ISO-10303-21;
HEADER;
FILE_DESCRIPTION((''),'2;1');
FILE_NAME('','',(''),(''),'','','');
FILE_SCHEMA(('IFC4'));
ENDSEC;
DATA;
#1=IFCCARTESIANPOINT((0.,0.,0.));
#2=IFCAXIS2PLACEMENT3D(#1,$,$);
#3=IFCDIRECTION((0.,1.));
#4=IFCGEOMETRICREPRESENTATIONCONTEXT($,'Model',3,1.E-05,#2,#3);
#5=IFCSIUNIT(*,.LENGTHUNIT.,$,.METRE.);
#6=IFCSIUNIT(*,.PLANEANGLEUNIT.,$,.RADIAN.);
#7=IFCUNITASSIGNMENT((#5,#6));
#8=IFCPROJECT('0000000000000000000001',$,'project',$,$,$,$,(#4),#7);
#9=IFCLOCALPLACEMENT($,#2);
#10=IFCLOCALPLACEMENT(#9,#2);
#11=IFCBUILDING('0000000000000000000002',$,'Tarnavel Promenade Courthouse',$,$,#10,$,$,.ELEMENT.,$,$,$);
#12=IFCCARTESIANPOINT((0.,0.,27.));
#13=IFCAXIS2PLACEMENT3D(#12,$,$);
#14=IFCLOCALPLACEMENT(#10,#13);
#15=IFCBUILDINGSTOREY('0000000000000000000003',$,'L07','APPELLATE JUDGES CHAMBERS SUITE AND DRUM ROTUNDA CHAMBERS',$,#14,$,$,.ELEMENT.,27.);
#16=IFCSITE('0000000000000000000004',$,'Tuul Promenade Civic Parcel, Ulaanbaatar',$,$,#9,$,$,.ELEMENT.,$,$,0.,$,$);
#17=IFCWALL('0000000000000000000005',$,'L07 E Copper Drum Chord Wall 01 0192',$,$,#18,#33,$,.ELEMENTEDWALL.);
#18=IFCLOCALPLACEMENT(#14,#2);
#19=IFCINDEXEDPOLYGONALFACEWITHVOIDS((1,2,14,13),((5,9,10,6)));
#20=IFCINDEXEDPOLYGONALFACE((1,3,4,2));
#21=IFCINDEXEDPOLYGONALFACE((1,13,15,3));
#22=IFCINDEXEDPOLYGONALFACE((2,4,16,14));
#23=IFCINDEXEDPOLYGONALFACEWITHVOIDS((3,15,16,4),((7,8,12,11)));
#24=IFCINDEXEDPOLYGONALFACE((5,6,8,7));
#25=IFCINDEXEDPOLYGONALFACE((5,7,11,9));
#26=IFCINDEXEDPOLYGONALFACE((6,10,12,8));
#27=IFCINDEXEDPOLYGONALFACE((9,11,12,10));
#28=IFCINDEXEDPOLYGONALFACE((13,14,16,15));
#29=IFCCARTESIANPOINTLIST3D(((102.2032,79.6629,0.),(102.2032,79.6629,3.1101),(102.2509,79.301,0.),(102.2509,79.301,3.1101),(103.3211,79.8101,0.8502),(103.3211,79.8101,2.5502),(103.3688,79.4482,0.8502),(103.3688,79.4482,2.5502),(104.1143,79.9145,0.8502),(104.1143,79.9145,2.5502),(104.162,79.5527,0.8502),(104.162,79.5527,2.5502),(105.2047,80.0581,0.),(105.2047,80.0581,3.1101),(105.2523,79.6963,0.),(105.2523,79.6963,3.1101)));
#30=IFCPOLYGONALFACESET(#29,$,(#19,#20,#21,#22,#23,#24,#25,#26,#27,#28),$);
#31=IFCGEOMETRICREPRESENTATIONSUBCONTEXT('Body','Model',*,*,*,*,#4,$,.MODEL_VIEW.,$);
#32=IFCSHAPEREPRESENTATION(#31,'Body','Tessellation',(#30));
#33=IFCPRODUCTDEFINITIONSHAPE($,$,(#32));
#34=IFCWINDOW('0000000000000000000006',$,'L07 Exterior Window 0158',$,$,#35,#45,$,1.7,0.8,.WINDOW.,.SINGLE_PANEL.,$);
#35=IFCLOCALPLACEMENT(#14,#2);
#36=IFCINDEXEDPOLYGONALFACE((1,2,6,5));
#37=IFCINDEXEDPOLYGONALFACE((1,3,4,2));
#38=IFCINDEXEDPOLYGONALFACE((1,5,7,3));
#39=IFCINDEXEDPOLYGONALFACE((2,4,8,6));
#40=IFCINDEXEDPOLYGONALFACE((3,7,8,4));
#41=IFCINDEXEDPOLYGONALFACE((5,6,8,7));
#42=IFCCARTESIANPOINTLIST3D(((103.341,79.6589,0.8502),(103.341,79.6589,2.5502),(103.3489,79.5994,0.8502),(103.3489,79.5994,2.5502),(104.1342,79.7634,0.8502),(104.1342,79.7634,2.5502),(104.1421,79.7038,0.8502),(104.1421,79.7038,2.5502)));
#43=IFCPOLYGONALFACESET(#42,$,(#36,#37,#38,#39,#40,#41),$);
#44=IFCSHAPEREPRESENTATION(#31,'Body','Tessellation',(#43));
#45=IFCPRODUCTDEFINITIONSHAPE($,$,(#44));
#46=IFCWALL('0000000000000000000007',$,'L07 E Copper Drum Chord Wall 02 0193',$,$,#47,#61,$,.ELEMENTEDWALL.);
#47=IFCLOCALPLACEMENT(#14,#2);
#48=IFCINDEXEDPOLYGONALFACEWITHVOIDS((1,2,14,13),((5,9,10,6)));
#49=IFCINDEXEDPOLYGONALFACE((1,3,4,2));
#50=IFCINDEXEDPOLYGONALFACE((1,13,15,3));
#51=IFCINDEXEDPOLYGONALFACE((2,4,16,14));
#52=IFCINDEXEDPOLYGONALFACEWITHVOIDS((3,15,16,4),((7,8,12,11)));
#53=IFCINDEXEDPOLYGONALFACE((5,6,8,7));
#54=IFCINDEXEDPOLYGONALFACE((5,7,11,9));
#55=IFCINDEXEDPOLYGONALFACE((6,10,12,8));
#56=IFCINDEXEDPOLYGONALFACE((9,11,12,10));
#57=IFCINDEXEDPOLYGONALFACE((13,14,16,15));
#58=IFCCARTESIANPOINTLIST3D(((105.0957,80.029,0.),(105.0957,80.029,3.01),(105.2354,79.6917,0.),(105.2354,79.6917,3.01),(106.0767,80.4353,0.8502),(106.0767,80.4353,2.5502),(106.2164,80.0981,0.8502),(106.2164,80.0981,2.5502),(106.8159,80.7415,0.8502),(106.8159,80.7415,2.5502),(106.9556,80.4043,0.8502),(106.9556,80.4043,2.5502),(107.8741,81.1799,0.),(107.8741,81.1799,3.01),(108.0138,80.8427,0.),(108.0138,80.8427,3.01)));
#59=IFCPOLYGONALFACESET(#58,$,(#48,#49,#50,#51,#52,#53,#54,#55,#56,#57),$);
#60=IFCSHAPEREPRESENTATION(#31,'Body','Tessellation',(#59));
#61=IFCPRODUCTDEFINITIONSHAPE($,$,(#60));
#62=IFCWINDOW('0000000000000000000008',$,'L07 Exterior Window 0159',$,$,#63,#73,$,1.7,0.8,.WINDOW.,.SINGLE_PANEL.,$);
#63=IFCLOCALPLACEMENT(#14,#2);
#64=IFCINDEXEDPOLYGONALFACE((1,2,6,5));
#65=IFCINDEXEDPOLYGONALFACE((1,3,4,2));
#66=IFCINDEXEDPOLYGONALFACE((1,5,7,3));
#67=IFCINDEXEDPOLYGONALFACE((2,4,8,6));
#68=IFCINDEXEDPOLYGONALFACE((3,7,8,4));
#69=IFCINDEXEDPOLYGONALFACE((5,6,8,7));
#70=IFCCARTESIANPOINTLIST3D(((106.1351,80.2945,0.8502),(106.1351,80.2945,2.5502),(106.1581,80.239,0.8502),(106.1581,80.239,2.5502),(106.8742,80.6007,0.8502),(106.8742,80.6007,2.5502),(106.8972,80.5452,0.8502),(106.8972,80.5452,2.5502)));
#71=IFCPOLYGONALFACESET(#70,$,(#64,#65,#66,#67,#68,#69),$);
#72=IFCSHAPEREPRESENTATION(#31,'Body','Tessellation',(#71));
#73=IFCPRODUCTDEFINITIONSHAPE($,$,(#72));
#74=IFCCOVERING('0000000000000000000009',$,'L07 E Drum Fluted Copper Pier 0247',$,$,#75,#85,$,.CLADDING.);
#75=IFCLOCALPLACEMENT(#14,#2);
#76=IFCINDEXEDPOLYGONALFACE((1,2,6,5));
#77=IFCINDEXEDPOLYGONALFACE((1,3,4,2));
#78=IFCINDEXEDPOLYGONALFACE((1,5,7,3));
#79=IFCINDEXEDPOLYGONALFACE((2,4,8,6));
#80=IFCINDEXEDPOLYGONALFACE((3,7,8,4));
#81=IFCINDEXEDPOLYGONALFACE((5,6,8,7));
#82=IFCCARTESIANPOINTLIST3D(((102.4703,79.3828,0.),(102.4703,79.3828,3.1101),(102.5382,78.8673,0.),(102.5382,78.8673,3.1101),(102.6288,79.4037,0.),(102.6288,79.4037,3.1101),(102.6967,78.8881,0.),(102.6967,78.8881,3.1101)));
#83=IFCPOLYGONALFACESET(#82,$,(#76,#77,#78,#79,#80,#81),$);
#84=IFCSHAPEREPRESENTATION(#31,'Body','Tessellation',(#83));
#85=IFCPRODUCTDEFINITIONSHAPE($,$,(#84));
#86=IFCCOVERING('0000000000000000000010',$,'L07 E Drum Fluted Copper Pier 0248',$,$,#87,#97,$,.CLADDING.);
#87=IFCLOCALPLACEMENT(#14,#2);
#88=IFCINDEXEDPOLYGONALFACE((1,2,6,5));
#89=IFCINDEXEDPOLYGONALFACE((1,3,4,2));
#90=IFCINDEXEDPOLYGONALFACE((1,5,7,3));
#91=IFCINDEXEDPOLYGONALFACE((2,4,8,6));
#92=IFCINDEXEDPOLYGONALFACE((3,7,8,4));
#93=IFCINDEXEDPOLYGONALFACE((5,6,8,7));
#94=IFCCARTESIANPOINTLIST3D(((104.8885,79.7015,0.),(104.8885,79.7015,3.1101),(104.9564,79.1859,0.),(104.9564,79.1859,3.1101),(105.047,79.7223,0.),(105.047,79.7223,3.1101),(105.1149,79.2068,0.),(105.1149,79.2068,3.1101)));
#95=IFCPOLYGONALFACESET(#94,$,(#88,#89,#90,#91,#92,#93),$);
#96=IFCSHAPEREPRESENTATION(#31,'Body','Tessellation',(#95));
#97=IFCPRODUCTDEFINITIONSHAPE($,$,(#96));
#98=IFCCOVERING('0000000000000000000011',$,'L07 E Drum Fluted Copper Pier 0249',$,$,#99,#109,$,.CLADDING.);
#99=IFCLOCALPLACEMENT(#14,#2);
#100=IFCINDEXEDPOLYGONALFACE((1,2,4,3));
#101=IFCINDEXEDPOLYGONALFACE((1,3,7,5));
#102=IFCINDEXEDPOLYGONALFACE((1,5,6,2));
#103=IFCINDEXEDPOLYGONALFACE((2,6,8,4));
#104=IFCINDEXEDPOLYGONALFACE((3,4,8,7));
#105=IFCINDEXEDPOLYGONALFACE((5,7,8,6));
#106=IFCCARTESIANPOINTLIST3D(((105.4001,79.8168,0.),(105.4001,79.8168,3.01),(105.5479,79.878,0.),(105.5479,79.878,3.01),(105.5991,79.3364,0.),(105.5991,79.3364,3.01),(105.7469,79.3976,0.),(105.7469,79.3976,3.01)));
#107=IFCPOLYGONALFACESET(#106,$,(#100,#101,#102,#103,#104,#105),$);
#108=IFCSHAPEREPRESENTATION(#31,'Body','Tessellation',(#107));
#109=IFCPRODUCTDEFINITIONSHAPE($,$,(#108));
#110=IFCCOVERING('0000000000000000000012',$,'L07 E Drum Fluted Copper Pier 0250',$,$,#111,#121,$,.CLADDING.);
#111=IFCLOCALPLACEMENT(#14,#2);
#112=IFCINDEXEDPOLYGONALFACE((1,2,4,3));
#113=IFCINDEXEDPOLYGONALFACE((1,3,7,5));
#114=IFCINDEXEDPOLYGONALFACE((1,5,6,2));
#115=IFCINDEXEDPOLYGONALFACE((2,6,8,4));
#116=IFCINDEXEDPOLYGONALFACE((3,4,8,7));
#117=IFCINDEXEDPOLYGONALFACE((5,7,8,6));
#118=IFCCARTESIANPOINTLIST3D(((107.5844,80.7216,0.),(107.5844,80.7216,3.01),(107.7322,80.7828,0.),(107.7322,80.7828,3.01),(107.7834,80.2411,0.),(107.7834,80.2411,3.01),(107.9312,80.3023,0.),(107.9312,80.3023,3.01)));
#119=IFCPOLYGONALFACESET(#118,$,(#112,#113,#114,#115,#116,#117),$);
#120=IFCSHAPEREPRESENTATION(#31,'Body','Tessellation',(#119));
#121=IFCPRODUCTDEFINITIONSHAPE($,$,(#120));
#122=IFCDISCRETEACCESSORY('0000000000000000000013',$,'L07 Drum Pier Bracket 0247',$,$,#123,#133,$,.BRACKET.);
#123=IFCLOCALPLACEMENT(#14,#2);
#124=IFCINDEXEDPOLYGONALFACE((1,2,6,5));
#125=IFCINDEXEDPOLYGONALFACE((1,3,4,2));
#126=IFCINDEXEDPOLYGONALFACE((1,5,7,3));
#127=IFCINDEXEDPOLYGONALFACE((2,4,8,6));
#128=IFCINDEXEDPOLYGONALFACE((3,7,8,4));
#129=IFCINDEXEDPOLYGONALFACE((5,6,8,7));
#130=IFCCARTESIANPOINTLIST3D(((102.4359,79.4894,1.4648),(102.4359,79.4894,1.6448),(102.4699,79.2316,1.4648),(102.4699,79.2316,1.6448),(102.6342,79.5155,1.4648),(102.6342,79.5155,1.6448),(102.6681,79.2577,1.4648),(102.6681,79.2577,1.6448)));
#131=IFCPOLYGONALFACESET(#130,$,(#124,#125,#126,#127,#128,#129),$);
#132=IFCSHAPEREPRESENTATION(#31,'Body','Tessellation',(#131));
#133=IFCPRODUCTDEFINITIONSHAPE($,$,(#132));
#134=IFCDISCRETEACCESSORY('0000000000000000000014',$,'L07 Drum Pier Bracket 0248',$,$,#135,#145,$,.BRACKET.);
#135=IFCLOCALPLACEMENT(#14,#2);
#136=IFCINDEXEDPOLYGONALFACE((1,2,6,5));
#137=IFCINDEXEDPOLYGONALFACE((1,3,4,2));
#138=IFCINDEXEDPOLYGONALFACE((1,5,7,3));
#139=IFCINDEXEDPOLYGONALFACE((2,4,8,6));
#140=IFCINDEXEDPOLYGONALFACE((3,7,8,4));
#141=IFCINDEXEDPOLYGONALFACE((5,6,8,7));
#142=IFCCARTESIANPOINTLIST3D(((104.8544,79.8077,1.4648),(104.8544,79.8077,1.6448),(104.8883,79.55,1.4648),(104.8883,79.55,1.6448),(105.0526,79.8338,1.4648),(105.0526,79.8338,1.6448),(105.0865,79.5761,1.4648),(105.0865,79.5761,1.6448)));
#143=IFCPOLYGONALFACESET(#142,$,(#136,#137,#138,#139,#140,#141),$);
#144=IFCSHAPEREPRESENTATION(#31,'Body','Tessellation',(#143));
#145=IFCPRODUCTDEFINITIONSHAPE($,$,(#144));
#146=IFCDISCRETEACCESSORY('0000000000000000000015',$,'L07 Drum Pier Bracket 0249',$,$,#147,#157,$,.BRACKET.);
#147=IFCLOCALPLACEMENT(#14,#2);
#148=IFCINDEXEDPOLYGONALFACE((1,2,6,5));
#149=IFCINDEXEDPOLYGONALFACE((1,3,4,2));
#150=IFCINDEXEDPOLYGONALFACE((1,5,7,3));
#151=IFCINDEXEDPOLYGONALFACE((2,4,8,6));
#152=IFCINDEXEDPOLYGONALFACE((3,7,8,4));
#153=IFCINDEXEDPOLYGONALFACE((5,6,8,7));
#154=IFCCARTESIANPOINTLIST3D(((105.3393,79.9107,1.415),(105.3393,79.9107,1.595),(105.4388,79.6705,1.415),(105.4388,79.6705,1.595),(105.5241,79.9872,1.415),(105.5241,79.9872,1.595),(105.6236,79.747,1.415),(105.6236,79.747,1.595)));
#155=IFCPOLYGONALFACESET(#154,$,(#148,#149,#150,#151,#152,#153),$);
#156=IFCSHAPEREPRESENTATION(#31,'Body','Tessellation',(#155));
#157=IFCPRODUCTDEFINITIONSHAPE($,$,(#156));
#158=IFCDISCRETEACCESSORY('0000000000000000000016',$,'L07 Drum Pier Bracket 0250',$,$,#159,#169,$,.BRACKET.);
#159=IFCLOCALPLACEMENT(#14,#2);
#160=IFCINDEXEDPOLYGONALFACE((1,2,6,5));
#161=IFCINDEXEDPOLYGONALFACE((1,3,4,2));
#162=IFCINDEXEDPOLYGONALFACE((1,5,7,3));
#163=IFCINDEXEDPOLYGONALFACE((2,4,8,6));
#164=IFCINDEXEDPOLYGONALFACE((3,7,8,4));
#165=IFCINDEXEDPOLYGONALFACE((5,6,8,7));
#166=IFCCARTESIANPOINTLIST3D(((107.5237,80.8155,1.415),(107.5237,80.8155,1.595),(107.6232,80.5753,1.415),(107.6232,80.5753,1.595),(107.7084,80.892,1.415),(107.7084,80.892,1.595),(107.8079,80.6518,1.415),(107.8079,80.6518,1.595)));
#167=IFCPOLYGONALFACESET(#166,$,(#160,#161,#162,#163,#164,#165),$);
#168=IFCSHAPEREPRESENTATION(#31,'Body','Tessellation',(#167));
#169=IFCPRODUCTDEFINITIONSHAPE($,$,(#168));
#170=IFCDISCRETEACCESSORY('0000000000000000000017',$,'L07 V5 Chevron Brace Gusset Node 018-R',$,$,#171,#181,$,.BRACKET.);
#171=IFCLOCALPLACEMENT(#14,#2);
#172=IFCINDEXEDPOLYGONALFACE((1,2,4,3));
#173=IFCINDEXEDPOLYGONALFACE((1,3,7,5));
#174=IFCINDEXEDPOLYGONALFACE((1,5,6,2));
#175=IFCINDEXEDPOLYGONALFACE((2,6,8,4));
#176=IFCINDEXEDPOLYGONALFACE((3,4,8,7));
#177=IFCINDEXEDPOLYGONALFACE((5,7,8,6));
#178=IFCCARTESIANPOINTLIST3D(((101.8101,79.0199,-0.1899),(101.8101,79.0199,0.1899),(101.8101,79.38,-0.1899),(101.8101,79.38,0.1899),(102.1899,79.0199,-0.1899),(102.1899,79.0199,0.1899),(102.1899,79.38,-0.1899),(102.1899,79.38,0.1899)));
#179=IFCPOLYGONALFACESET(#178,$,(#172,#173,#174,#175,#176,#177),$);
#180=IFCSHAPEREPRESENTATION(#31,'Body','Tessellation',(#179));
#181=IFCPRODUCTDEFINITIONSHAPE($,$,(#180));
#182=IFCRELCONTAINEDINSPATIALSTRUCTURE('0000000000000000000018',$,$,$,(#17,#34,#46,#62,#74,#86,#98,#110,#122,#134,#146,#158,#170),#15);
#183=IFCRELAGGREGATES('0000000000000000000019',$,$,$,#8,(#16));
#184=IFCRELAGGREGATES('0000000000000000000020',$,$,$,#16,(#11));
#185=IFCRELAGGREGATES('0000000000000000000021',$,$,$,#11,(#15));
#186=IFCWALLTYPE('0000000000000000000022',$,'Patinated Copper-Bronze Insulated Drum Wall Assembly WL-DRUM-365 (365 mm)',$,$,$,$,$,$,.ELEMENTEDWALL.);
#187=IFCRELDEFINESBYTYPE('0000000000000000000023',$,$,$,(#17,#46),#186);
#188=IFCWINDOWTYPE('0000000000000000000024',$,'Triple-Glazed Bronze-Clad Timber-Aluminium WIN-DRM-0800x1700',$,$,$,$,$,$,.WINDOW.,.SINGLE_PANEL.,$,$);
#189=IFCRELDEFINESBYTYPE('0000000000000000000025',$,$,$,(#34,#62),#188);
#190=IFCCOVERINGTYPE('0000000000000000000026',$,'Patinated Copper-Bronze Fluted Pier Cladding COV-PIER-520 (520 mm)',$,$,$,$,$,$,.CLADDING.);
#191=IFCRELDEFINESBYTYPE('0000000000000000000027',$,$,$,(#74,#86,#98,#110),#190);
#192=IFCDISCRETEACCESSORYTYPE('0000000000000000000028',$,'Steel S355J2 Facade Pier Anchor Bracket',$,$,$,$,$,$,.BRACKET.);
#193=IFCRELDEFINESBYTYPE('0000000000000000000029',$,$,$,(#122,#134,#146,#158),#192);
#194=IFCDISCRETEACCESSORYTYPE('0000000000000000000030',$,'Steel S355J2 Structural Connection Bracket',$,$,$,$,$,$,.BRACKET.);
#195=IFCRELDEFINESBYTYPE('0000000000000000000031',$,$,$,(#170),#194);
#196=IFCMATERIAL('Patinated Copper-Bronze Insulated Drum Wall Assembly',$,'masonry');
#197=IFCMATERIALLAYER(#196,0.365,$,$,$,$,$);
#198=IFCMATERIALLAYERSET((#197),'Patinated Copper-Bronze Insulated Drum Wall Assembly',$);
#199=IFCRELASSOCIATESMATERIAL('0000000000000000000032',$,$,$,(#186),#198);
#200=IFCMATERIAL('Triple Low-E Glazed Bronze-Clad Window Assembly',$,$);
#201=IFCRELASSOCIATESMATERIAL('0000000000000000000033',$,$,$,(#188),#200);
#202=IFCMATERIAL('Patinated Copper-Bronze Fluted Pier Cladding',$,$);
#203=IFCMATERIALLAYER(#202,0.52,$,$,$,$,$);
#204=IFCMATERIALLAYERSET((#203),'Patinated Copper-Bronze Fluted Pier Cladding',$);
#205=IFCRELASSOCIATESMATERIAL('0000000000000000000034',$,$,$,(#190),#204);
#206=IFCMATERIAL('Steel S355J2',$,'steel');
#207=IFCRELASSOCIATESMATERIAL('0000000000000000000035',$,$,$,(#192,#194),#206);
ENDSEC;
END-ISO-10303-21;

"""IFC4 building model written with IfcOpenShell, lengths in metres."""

from ifc_helpers import new_model, si_unit, direction, frame, frame_2d, origin, origin_2d, place, context, subcontext, project, spatial, rectangle, extrude, material, layer, layer_set, type_object, element, fill, save


model = new_model("IFC4")

# Units and contexts
model_context = context("Model", 3, precision=1e-05, world=origin(), true_north=direction((0.0, 1.0)))
body_context = subcontext(model_context, "Body", "Model", "MODEL_VIEW")
ifc_project = project(units=[si_unit("LENGTHUNIT", "METRE"), si_unit("PLANEANGLEUNIT", "RADIAN")], contexts=[model_context])

# Site, building, storey
site_placement = place(None, origin())
site = spatial("IfcSite", under=ifc_project, at=site_placement, Name="Tuul Promenade Civic Parcel, Ulaanbaatar", CompositionType="ELEMENT", RefElevation=0.0)
building_placement = place(site_placement, origin())
building = spatial("IfcBuilding", under=site, at=building_placement, Name="Tarnavel Promenade Courthouse", CompositionType="ELEMENT")
storey_placement = place(building_placement, frame((0.0, 0.0, 27.0)))
storey = spatial("IfcBuildingStorey", under=building, at=storey_placement, Name="L07", Description="APPELLATE JUDGES CHAMBERS SUITE AND DRUM ROTUNDA CHAMBERS", CompositionType="ELEMENT", Elevation=27.0)

# Shared definitions
ifc_material_1 = material(Name="Steel S355J2", Category="steel")

# Walls, openings, windows
ifc_material_2 = material(Name="Patinated Copper-Bronze Insulated Drum Wall Assembly", Category="masonry")
ifc_layer_1 = layer(ifc_material_2, 0.365)
ifc_layer_set_1 = layer_set([ifc_layer_1], Name="Patinated Copper-Bronze Insulated Drum Wall Assembly")
wall_type_1 = type_object("IfcWallType", Name="Patinated Copper-Bronze Insulated Drum Wall Assembly WL-DRUM-365 (365 mm)", PredefinedType="ELEMENTEDWALL", material=ifc_layer_set_1)
wall_1_placement = place(storey_placement, frame((102.2271, 79.4819, 0.0), z_axis=(0.0, 0.0, 1.0), x_axis=(0.99144, 0.130563, 0.0)))
wall_1 = element("IfcWall", 1, at=wall_1_placement, inside=storey, type_object=wall_type_1, Name="L07 E Copper Drum Chord Wall 01 0192", PredefinedType="ELEMENTEDWALL", context=body_context, shape_type="SweptSolid", body=[
    extrude(rectangle(XDim=3.0273, YDim=0.365, at=frame_2d((1.5137, 0.0))), origin(), (0.0, 0.0, 1.0), 3.1101),
])
opening_1_placement = place(wall_1_placement, frame((1.1277, 0.0, 0.8501)))
opening_1 = element("IfcOpeningElement", 2, at=opening_1_placement, cuts=wall_1, PredefinedType="OPENING", context=body_context, shape_type="SweptSolid", body=[
    extrude(rectangle(XDim=0.8, YDim=1.7, at=frame_2d((0.3999, 0.8501))), frame((0.0, 0.1924, 0.0), z_axis=(0.0, -1.0, 0.0), x_axis=(1.0, 0.0, 0.0)), (0.0, 0.0, 1.0), 0.385),
])
ifc_material_3 = material(Name="Triple Low-E Glazed Bronze-Clad Window Assembly")
window_type = type_object("IfcWindowType", Name="Triple-Glazed Bronze-Clad Timber-Aluminium WIN-DRM-0800x1700", PartitioningType="SINGLE_PANEL", PredefinedType="WINDOW", material=ifc_material_3)
window_1_placement = place(opening_1_placement, origin())
window_1 = element("IfcWindow", 3, at=window_1_placement, inside=storey, type_object=window_type, Name="L07 Exterior Window 0158", OverallHeight=1.7, OverallWidth=0.8, PartitioningType="SINGLE_PANEL", PredefinedType="WINDOW", context=body_context, shape_type="SweptSolid", body=[
    extrude(rectangle(XDim=0.8, YDim=1.7, at=frame_2d((0.3999, 0.8501))), frame((0.0, 0.03, 0.0), z_axis=(0.0, -1.0, 0.0), x_axis=(1.0, 0.0, 0.0)), (0.0, 0.0, 1.0), 0.0601),
])
fill(opening_1, window_1)
wall_2_placement = place(storey_placement, frame((105.1655, 79.8604, 0.0), z_axis=(0.0, 0.0, 1.0), x_axis=(0.923872, 0.382701, 0.0)))
wall_2 = element("IfcWall", 4, at=wall_2_placement, inside=storey, type_object=wall_type_1, Name="L07 E Copper Drum Chord Wall 02 0193", PredefinedType="ELEMENTEDWALL", context=body_context, shape_type="SweptSolid", body=[
    extrude(rectangle(XDim=3.0073, YDim=0.365, at=frame_2d((1.5037, 0.0))), origin(), (0.0, 0.0, 1.0), 3.01),
])
opening_2_placement = place(wall_2_placement, frame((1.062, 0.0, 0.8501)))
opening_2 = element("IfcOpeningElement", 5, at=opening_2_placement, cuts=wall_2, PredefinedType="OPENING", context=body_context, shape_type="SweptSolid", body=[
    extrude(rectangle(XDim=0.8, YDim=1.7, at=frame_2d((0.3999, 0.8501))), frame((0.0, 0.1924, 0.0), z_axis=(0.0, -1.0, 0.0), x_axis=(1.0, 0.0, 0.0)), (0.0, 0.0, 1.0), 0.385),
])
window_2_placement = place(opening_2_placement, origin())
window_2 = element("IfcWindow", 6, at=window_2_placement, inside=storey, type_object=window_type, Name="L07 Exterior Window 0159", OverallHeight=1.7, OverallWidth=0.8, PartitioningType="SINGLE_PANEL", PredefinedType="WINDOW", context=body_context, shape_type="SweptSolid", body=[
    extrude(rectangle(XDim=0.8, YDim=1.7, at=frame_2d((0.3999, 0.8501))), frame((0.0, 0.03, 0.0), z_axis=(0.0, -1.0, 0.0), x_axis=(1.0, 0.0, 0.0)), (0.0, 0.0, 1.0), 0.0601),
])
fill(opening_2, window_2)

# Coverings
ifc_material_4 = material(Name="Patinated Copper-Bronze Fluted Pier Cladding")
ifc_layer_2 = layer(ifc_material_4, 0.52)
ifc_layer_set_2 = layer_set([ifc_layer_2], Name="Patinated Copper-Bronze Fluted Pier Cladding")
covering_type = type_object("IfcCoveringType", Name="Patinated Copper-Bronze Fluted Pier Cladding COV-PIER-520 (520 mm)", PredefinedType="CLADDING", material=ifc_layer_set_2)
for number, where, z_axis, x_axis, name in (
    (7, (102.5835, 79.1355, 0.0), (0.0, 0.0, 1.0), (0.991445, 0.130526, 0.0), "L07 E Drum Fluted Copper Pier 0247"),
    (8, (105.0017, 79.4541, 0.0), (0.0, 0.0, 1.0), (0.991445, 0.130526, 0.0), "L07 E Drum Fluted Copper Pier 0248"),
):
    element("IfcCovering", number, at=place(storey_placement, frame(where, z_axis=z_axis, x_axis=x_axis)), inside=storey, type_object=covering_type, Name=name, PredefinedType="CLADDING", context=body_context, shape_type="SweptSolid", body=[
        extrude(rectangle(XDim=0.1599, YDim=0.52, at=origin_2d()), origin(), (0.0, 0.0, 1.0), 3.1101),
    ])
for number, where, z_axis, x_axis, name in (
    (9, (105.5735, 79.6072, 0.0), (0.0, 0.0, 1.0), (0.92388, 0.382683, 0.0), "L07 E Drum Fluted Copper Pier 0249"),
    (10, (107.7578, 80.512, 0.0), (0.0, 0.0, 1.0), (0.92388, 0.382683, 0.0), "L07 E Drum Fluted Copper Pier 0250"),
):
    element("IfcCovering", number, at=place(storey_placement, frame(where, z_axis=z_axis, x_axis=x_axis)), inside=storey, type_object=covering_type, Name=name, PredefinedType="CLADDING", context=body_context, shape_type="SweptSolid", body=[
        extrude(rectangle(XDim=0.1599, YDim=0.52, at=origin_2d()), origin(), (0.0, 0.0, 1.0), 3.01),
    ])

# Discrete accessories
discrete_accessory_type_1 = type_object("IfcDiscreteAccessoryType", Name="Steel S355J2 Facade Pier Anchor Bracket", PredefinedType="BRACKET", material=ifc_material_1)
for number, where, z_axis, x_axis, name in (
    (11, (102.552, 79.3735, 1.4648), (0.0, 0.0, 1.0), (0.991445, 0.130526, 0.0), "L07 Drum Pier Bracket 0247"),
    (12, (104.9705, 79.6919, 1.4648), (0.0, 0.0, 1.0), (0.991445, 0.130526, 0.0), "L07 Drum Pier Bracket 0248"),
    (13, (105.4814, 79.8289, 1.415), (0.0, 0.0, 1.0), (0.92388, 0.382683, 0.0), "L07 Drum Pier Bracket 0249"),
    (14, (107.6658, 80.7336, 1.415), (0.0, 0.0, 1.0), (0.92388, 0.382683, 0.0), "L07 Drum Pier Bracket 0250"),
):
    element("IfcDiscreteAccessory", number, at=place(storey_placement, frame(where, z_axis=z_axis, x_axis=x_axis)), inside=storey, type_object=discrete_accessory_type_1, Name=name, PredefinedType="BRACKET", context=body_context, shape_type="SweptSolid", body=[
        extrude(rectangle(XDim=0.2, YDim=0.26, at=origin_2d()), origin(), (0.0, 0.0, 1.0), 0.1799),
    ])
discrete_accessory_type_2 = type_object("IfcDiscreteAccessoryType", Name="Steel S355J2 Structural Connection Bracket", PredefinedType="BRACKET", material=ifc_material_1)
discrete_accessory_placement = place(storey_placement, frame((102.0, 79.2, -0.1899), z_axis=(0.0, 0.0, 1.0), x_axis=(1.0, 0.0, 0.0)))
element("IfcDiscreteAccessory", 15, at=discrete_accessory_placement, inside=storey, type_object=discrete_accessory_type_2, Name="L07 V5 Chevron Brace Gusset Node 018-R", PredefinedType="BRACKET", context=body_context, shape_type="SweptSolid", body=[
    extrude(rectangle(XDim=0.3799, YDim=0.3601, at=origin_2d()), origin(), (0.0, 0.0, 1.0), 0.3799),
])

save(model, "model.ifc")
